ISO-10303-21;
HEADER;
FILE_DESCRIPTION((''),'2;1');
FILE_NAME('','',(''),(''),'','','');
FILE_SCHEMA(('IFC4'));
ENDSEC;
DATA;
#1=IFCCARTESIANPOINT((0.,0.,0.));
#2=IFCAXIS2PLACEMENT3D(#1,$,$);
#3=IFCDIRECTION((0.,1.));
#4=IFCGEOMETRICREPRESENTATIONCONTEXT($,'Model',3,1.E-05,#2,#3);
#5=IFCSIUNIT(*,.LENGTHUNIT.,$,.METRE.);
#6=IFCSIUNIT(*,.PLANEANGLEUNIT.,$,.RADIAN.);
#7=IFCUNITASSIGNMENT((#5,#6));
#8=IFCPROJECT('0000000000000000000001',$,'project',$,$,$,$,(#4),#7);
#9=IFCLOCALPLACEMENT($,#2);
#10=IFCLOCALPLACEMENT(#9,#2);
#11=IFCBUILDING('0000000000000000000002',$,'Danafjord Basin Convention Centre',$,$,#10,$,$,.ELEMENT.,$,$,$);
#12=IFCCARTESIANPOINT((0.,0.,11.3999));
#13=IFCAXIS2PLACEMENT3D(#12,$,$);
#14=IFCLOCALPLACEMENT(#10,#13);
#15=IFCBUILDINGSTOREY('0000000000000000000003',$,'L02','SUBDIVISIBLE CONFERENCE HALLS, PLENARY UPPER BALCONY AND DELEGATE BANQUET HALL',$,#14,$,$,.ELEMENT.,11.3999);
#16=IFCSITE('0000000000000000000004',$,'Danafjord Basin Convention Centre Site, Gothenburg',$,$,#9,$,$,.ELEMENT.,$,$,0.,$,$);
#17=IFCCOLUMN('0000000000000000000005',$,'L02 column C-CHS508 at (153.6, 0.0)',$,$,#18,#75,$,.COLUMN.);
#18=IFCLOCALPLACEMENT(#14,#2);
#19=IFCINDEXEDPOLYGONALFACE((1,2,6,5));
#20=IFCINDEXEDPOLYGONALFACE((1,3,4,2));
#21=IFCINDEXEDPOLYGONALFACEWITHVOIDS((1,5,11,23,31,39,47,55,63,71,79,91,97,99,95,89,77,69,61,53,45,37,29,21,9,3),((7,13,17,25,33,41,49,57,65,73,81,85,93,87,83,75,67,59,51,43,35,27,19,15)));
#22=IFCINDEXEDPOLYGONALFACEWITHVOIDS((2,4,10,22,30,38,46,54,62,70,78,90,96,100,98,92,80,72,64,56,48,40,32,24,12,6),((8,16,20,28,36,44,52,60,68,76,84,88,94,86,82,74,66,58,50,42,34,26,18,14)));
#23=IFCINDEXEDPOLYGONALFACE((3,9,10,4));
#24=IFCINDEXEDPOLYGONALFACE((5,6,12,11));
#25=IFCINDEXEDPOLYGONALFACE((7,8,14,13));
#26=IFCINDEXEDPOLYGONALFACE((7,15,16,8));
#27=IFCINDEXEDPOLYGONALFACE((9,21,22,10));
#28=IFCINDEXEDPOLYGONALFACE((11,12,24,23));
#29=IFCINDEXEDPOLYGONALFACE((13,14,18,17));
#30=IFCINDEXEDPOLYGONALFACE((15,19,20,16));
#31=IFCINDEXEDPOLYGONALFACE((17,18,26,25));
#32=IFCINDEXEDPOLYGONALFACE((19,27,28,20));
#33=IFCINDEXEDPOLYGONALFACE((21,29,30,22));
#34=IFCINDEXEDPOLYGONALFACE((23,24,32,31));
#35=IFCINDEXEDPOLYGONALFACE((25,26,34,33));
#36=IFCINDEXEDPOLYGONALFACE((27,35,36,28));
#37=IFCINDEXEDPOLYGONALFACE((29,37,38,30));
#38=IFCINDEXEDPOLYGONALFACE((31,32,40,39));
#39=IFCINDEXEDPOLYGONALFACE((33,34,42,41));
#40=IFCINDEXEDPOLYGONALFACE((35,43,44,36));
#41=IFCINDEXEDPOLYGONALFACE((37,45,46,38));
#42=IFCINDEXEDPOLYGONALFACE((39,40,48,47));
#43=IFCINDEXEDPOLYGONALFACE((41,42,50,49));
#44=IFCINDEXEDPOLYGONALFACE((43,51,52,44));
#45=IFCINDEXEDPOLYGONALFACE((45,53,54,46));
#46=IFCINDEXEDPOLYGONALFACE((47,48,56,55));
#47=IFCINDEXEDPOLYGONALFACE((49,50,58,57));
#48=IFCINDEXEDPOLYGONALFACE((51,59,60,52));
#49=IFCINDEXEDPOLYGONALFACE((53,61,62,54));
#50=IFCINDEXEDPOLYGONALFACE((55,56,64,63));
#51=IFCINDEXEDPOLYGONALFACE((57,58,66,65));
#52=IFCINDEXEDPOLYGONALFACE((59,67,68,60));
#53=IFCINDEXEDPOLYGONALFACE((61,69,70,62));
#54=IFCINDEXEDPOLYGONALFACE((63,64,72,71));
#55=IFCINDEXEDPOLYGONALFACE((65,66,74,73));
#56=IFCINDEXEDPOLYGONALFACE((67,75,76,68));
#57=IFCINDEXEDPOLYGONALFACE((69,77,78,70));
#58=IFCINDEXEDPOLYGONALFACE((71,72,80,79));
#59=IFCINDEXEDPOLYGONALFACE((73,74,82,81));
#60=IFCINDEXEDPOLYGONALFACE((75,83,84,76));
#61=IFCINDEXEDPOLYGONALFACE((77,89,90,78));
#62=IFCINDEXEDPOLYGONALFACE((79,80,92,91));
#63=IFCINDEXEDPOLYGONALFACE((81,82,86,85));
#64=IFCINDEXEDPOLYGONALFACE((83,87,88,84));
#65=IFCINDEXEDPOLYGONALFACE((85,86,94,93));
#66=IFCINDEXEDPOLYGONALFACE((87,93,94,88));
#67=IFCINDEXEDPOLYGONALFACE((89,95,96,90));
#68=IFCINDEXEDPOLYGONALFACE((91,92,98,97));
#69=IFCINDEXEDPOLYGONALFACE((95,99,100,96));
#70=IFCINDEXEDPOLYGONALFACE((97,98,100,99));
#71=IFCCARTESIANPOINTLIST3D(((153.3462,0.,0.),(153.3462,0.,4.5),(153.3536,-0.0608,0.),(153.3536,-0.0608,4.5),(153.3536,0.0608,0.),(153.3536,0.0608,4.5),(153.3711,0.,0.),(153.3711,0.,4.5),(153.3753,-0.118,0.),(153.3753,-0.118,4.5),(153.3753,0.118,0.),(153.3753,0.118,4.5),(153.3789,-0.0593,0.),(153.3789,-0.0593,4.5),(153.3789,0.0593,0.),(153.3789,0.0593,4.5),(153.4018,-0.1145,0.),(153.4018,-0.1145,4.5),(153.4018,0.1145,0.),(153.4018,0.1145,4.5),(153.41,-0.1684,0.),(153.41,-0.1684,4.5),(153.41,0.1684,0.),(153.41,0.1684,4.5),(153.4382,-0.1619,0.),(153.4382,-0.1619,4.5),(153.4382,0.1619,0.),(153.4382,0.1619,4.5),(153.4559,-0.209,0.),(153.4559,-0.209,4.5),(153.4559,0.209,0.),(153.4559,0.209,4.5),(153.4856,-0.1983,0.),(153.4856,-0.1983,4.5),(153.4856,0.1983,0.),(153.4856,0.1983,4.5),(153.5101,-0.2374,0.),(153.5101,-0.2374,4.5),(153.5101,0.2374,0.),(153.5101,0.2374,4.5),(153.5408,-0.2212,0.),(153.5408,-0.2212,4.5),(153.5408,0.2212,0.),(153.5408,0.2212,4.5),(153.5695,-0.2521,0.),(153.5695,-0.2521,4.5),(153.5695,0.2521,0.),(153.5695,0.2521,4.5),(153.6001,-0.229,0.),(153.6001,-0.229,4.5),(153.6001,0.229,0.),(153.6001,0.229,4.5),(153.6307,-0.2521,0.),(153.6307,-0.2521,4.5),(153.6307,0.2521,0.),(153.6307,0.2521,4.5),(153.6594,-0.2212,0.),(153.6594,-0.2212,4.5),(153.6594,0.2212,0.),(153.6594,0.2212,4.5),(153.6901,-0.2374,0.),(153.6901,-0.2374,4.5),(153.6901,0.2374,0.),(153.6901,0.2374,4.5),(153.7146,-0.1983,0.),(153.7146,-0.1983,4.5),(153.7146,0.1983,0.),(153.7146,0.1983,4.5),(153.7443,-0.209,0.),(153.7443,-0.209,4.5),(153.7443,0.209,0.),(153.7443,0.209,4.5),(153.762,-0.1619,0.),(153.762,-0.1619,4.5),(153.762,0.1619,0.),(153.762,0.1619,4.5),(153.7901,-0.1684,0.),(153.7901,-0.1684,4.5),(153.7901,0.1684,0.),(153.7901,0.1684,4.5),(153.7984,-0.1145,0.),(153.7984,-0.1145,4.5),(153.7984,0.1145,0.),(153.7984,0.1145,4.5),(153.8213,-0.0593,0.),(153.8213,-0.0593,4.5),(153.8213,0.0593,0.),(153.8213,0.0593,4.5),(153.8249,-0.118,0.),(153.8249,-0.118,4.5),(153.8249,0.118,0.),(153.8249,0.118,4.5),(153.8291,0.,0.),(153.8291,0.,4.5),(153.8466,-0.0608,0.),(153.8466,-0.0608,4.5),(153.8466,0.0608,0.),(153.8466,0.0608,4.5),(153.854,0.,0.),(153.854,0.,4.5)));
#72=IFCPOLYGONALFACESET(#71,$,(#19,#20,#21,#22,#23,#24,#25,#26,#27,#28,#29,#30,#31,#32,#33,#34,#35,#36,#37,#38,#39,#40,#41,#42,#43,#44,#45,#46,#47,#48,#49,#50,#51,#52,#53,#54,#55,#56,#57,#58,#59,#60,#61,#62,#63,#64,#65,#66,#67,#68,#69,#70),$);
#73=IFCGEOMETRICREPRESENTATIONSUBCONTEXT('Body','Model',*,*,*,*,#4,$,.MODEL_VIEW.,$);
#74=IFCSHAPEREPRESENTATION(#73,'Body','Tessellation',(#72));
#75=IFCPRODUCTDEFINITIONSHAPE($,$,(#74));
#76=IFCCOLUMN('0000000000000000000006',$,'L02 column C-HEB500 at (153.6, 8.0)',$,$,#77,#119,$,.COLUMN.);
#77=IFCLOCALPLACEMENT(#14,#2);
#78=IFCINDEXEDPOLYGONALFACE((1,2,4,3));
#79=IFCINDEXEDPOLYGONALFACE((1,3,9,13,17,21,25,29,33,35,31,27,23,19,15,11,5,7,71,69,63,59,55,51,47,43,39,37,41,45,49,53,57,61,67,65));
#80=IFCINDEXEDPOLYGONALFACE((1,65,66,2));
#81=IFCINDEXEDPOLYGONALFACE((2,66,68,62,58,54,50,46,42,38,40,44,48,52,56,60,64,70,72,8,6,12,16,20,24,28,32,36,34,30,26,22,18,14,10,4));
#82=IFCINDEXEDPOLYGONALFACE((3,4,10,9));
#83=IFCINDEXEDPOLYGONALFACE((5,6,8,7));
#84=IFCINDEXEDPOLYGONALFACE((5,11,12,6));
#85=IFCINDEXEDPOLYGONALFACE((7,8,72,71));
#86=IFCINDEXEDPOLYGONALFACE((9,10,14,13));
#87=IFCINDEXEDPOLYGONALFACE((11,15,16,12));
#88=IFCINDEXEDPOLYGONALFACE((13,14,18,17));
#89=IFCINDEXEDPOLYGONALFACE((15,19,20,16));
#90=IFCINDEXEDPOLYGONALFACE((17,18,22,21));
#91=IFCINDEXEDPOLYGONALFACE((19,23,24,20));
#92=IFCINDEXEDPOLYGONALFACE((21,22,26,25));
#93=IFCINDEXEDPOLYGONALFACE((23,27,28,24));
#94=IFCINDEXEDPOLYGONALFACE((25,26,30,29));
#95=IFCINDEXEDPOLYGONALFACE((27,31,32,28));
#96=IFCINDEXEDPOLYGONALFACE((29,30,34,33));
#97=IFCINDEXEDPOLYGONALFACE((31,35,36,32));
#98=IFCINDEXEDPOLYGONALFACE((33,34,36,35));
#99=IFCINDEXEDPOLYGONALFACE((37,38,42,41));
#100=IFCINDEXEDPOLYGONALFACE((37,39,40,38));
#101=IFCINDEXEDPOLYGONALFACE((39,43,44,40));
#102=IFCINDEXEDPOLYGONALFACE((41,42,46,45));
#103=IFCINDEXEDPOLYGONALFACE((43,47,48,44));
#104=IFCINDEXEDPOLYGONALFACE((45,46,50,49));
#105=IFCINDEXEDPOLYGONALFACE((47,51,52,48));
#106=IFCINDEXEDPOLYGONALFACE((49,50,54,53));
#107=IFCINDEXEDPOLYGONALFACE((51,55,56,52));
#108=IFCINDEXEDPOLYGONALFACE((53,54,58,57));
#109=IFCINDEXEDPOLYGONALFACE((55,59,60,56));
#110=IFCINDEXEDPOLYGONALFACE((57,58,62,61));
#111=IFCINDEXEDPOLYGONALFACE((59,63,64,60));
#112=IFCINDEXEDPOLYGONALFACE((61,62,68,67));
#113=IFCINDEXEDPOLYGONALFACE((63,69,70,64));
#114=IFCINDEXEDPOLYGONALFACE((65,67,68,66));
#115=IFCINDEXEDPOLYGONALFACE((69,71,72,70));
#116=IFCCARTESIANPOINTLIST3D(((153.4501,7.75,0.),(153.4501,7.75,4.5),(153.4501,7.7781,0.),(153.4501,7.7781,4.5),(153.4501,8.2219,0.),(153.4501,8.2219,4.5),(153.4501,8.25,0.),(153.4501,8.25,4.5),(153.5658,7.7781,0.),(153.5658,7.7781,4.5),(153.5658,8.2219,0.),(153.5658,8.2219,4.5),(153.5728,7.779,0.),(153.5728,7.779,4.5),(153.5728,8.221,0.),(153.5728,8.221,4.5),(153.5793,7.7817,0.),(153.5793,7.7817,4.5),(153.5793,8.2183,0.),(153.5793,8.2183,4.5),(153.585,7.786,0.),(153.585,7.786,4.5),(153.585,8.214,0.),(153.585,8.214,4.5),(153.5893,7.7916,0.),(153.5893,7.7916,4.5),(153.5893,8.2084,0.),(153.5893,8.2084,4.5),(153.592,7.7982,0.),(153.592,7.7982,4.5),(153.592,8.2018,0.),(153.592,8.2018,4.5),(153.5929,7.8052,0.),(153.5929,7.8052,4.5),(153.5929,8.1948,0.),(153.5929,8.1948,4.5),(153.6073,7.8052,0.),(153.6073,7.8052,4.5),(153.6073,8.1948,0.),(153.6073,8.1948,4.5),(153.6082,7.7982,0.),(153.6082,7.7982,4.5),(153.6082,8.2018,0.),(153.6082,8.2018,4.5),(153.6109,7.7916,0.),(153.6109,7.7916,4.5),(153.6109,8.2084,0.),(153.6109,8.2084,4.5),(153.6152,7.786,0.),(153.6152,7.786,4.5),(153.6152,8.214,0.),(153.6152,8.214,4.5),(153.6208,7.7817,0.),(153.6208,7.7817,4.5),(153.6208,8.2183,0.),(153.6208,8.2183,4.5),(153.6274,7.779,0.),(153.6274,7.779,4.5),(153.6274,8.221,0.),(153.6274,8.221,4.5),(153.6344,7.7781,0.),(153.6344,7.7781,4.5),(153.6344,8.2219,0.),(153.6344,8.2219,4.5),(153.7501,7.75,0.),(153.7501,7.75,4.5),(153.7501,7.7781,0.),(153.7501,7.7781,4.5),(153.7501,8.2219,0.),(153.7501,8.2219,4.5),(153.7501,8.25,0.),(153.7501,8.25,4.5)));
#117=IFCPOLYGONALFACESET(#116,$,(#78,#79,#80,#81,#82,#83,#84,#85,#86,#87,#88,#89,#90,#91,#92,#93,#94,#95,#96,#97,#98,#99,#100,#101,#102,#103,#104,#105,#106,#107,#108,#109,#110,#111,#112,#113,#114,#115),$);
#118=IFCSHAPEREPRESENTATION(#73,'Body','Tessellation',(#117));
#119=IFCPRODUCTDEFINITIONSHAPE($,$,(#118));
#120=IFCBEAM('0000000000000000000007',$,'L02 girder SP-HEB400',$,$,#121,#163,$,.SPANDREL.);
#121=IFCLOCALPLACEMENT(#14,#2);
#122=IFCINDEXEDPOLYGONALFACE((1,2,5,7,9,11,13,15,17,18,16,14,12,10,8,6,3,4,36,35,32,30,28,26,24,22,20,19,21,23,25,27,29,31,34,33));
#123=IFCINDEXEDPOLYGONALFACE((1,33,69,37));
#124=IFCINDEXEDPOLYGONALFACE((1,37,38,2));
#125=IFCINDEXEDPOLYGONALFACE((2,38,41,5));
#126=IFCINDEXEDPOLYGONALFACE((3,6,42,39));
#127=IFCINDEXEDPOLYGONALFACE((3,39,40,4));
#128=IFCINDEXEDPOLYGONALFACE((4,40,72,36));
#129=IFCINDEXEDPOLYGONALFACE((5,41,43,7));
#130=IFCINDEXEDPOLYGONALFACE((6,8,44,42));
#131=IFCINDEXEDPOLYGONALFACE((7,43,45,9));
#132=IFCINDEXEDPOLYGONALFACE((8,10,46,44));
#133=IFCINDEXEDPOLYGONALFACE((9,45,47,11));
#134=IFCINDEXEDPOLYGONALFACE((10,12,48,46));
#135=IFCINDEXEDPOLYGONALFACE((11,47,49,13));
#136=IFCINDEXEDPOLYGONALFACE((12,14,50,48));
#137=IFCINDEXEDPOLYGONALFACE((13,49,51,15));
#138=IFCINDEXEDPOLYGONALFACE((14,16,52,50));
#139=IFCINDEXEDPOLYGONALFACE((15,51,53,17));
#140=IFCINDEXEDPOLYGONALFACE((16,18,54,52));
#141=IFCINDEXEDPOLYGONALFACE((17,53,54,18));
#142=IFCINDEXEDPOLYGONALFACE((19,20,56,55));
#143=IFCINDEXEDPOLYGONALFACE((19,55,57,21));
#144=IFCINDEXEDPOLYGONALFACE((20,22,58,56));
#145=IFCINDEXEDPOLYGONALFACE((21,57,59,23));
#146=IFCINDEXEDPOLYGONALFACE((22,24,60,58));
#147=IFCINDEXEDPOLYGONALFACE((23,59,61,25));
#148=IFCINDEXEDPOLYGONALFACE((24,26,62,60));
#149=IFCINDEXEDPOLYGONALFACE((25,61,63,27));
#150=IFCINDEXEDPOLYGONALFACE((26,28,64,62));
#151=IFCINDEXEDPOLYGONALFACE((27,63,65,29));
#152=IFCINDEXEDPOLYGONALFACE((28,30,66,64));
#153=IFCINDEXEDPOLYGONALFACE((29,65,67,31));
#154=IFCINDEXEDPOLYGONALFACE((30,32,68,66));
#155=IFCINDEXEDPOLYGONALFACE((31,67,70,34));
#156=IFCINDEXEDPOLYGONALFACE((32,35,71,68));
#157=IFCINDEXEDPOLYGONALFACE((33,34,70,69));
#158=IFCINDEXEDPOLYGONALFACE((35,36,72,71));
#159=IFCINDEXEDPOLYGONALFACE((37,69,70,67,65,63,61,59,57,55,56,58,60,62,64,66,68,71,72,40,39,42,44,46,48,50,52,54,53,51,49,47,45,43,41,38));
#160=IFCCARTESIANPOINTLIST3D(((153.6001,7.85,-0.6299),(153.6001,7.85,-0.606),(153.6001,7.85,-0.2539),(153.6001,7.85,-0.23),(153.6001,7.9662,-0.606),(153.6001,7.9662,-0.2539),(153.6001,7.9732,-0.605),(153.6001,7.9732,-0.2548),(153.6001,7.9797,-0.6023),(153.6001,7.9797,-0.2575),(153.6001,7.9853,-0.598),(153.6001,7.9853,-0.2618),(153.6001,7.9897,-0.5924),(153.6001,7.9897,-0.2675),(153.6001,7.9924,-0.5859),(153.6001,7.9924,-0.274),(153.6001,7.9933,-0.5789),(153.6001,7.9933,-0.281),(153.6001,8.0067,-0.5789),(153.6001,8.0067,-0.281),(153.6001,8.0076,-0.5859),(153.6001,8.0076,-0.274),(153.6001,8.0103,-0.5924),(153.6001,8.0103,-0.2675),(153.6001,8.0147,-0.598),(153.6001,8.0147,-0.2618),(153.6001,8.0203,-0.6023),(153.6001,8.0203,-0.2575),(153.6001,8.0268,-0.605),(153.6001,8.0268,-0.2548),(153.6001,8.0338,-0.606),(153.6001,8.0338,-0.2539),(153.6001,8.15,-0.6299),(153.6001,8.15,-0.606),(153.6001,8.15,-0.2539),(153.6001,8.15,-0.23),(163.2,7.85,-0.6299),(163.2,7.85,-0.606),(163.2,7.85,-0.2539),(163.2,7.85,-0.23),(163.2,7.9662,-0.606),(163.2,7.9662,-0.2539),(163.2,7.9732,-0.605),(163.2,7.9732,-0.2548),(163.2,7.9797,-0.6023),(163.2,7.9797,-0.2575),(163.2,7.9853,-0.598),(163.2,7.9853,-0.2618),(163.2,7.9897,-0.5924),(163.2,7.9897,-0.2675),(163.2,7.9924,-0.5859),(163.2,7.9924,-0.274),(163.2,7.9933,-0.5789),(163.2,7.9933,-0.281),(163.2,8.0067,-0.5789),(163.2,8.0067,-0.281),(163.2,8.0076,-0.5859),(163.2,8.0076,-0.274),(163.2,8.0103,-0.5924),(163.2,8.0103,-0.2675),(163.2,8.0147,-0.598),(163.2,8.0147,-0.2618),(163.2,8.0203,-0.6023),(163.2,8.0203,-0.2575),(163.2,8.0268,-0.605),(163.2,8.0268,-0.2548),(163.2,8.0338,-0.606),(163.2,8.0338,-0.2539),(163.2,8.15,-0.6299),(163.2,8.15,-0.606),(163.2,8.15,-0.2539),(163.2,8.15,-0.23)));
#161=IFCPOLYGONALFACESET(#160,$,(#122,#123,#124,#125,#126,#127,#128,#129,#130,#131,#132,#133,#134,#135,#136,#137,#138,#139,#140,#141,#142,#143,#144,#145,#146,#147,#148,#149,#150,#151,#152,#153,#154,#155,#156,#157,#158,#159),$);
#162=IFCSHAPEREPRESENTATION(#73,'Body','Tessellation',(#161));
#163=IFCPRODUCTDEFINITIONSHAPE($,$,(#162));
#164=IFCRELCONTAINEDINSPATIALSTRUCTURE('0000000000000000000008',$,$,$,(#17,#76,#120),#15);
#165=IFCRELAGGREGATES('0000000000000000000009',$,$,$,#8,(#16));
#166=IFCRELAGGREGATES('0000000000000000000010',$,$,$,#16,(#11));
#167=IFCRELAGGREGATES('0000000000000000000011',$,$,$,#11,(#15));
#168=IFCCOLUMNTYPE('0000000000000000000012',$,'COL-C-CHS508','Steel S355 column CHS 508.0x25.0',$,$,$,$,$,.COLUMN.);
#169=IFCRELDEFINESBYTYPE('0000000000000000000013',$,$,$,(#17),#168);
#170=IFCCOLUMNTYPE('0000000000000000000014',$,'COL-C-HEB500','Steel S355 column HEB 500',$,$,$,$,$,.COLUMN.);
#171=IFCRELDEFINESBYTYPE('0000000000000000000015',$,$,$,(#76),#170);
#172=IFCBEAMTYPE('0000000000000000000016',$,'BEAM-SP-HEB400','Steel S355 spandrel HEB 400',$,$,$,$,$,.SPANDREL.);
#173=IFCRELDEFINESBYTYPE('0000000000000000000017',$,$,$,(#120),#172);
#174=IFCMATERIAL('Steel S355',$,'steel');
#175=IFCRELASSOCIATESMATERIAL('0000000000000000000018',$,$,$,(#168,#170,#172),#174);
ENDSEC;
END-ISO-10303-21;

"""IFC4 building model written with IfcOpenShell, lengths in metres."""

from ifc_helpers import new_model, si_unit, direction, frame, origin, origin_2d, place, context, subcontext, project, spatial, hollow_circle, i_section, extrude, material, material_profile, profile_set, type_object, element, save


model = new_model("IFC4")

# Units and contexts
model_context = context("Model", 3, precision=1e-05, world=origin(), true_north=direction((0.0, 1.0)))
body_context = subcontext(model_context, "Body", "Model", "MODEL_VIEW")
ifc_project = project(units=[si_unit("LENGTHUNIT", "METRE"), si_unit("PLANEANGLEUNIT", "RADIAN")], contexts=[model_context])

# Site, building, storey
site_placement = place(None, origin())
site = spatial("IfcSite", under=ifc_project, at=site_placement, Name="Danafjord Basin Convention Centre Site, Gothenburg", CompositionType="ELEMENT", RefElevation=0.0)
building_placement = place(site_placement, origin())
building = spatial("IfcBuilding", under=site, at=building_placement, Name="Danafjord Basin Convention Centre", CompositionType="ELEMENT")
storey_placement = place(building_placement, frame((0.0, 0.0, 11.3999)))
storey = spatial("IfcBuildingStorey", under=building, at=storey_placement, Name="L02", Description="SUBDIVISIBLE CONFERENCE HALLS, PLENARY UPPER BALCONY AND DELEGATE BANQUET HALL", CompositionType="ELEMENT", Elevation=11.3999)

# Columns
ifc_material_1 = material(Name="Steel S355", Category="steel")
ifc_material_profile_1 = material_profile(ifc_material_1, hollow_circle(Radius=0.2539, WallThickness=0.0249, at=origin_2d()), Name="CHS 508.0x25.0")
ifc_profile_set_1 = profile_set([ifc_material_profile_1], Name="Steel S355")
column_type_1 = type_object("IfcColumnType", Name="COL-C-CHS508", Description="Steel S355 column CHS 508.0x25.0", PredefinedType="COLUMN", material=ifc_profile_set_1)
column_1_placement = place(storey_placement, frame((153.6001, 0.0, 0.0), z_axis=(0.0, 0.0, 1.0), x_axis=(1.0, 0.0, 0.0)))
element("IfcColumn", 1, at=column_1_placement, inside=storey, type_object=column_type_1, Name="L02 column C-CHS508 at (153.6, 0.0)", PredefinedType="COLUMN", context=body_context, shape_type="SweptSolid", body=[
    extrude(hollow_circle(Radius=0.2539, WallThickness=0.0249, at=origin_2d()), origin(), (0.0, 0.0, 1.0), 4.5),
])
ifc_material_profile_2 = material_profile(ifc_material_1, i_section(OverallWidth=0.3, OverallDepth=0.5, WebThickness=0.0144, FlangeThickness=0.0281, FilletRadius=0.0271, at=origin_2d()), Name="HEB 500")
ifc_profile_set_2 = profile_set([ifc_material_profile_2], Name="Steel S355")
column_type_2 = type_object("IfcColumnType", Name="COL-C-HEB500", Description="Steel S355 column HEB 500", PredefinedType="COLUMN", material=ifc_profile_set_2)
column_2_placement = place(storey_placement, frame((153.6001, 8.0, 0.0), z_axis=(0.0, 0.0, 1.0), x_axis=(1.0, 0.0, 0.0)))
element("IfcColumn", 2, at=column_2_placement, inside=storey, type_object=column_type_2, Name="L02 column C-HEB500 at (153.6, 8.0)", PredefinedType="COLUMN", context=body_context, shape_type="SweptSolid", body=[
    extrude(i_section(OverallWidth=0.3, OverallDepth=0.5, WebThickness=0.0144, FlangeThickness=0.0281, FilletRadius=0.0271, at=origin_2d()), origin(), (0.0, 0.0, 1.0), 4.5),
])

# Beam
ifc_material_profile_3 = material_profile(ifc_material_1, i_section(OverallWidth=0.3, OverallDepth=0.3999, WebThickness=0.0134, FlangeThickness=0.0239, FilletRadius=0.0271, at=origin_2d()), Name="HEB 400")
ifc_profile_set_3 = profile_set([ifc_material_profile_3], Name="Steel S355")
beam_type = type_object("IfcBeamType", Name="BEAM-SP-HEB400", Description="Steel S355 spandrel HEB 400", PredefinedType="SPANDREL", material=ifc_profile_set_3)
beam_1_placement = place(storey_placement, frame((153.6001, 8.0, -0.4299), z_axis=(1.0, 0.0, 0.0), x_axis=(0.0, 1.0, 0.0)))
element("IfcBeam", 3, at=beam_1_placement, inside=storey, type_object=beam_type, Name="L02 girder SP-HEB400", PredefinedType="SPANDREL", context=body_context, shape_type="SweptSolid", body=[
    extrude(i_section(OverallWidth=0.3, OverallDepth=0.3999, WebThickness=0.0134, FlangeThickness=0.0239, FilletRadius=0.0271, at=origin_2d()), origin(), (0.0, 0.0, 1.0), 9.5999),
])

save(model, "model.ifc")
